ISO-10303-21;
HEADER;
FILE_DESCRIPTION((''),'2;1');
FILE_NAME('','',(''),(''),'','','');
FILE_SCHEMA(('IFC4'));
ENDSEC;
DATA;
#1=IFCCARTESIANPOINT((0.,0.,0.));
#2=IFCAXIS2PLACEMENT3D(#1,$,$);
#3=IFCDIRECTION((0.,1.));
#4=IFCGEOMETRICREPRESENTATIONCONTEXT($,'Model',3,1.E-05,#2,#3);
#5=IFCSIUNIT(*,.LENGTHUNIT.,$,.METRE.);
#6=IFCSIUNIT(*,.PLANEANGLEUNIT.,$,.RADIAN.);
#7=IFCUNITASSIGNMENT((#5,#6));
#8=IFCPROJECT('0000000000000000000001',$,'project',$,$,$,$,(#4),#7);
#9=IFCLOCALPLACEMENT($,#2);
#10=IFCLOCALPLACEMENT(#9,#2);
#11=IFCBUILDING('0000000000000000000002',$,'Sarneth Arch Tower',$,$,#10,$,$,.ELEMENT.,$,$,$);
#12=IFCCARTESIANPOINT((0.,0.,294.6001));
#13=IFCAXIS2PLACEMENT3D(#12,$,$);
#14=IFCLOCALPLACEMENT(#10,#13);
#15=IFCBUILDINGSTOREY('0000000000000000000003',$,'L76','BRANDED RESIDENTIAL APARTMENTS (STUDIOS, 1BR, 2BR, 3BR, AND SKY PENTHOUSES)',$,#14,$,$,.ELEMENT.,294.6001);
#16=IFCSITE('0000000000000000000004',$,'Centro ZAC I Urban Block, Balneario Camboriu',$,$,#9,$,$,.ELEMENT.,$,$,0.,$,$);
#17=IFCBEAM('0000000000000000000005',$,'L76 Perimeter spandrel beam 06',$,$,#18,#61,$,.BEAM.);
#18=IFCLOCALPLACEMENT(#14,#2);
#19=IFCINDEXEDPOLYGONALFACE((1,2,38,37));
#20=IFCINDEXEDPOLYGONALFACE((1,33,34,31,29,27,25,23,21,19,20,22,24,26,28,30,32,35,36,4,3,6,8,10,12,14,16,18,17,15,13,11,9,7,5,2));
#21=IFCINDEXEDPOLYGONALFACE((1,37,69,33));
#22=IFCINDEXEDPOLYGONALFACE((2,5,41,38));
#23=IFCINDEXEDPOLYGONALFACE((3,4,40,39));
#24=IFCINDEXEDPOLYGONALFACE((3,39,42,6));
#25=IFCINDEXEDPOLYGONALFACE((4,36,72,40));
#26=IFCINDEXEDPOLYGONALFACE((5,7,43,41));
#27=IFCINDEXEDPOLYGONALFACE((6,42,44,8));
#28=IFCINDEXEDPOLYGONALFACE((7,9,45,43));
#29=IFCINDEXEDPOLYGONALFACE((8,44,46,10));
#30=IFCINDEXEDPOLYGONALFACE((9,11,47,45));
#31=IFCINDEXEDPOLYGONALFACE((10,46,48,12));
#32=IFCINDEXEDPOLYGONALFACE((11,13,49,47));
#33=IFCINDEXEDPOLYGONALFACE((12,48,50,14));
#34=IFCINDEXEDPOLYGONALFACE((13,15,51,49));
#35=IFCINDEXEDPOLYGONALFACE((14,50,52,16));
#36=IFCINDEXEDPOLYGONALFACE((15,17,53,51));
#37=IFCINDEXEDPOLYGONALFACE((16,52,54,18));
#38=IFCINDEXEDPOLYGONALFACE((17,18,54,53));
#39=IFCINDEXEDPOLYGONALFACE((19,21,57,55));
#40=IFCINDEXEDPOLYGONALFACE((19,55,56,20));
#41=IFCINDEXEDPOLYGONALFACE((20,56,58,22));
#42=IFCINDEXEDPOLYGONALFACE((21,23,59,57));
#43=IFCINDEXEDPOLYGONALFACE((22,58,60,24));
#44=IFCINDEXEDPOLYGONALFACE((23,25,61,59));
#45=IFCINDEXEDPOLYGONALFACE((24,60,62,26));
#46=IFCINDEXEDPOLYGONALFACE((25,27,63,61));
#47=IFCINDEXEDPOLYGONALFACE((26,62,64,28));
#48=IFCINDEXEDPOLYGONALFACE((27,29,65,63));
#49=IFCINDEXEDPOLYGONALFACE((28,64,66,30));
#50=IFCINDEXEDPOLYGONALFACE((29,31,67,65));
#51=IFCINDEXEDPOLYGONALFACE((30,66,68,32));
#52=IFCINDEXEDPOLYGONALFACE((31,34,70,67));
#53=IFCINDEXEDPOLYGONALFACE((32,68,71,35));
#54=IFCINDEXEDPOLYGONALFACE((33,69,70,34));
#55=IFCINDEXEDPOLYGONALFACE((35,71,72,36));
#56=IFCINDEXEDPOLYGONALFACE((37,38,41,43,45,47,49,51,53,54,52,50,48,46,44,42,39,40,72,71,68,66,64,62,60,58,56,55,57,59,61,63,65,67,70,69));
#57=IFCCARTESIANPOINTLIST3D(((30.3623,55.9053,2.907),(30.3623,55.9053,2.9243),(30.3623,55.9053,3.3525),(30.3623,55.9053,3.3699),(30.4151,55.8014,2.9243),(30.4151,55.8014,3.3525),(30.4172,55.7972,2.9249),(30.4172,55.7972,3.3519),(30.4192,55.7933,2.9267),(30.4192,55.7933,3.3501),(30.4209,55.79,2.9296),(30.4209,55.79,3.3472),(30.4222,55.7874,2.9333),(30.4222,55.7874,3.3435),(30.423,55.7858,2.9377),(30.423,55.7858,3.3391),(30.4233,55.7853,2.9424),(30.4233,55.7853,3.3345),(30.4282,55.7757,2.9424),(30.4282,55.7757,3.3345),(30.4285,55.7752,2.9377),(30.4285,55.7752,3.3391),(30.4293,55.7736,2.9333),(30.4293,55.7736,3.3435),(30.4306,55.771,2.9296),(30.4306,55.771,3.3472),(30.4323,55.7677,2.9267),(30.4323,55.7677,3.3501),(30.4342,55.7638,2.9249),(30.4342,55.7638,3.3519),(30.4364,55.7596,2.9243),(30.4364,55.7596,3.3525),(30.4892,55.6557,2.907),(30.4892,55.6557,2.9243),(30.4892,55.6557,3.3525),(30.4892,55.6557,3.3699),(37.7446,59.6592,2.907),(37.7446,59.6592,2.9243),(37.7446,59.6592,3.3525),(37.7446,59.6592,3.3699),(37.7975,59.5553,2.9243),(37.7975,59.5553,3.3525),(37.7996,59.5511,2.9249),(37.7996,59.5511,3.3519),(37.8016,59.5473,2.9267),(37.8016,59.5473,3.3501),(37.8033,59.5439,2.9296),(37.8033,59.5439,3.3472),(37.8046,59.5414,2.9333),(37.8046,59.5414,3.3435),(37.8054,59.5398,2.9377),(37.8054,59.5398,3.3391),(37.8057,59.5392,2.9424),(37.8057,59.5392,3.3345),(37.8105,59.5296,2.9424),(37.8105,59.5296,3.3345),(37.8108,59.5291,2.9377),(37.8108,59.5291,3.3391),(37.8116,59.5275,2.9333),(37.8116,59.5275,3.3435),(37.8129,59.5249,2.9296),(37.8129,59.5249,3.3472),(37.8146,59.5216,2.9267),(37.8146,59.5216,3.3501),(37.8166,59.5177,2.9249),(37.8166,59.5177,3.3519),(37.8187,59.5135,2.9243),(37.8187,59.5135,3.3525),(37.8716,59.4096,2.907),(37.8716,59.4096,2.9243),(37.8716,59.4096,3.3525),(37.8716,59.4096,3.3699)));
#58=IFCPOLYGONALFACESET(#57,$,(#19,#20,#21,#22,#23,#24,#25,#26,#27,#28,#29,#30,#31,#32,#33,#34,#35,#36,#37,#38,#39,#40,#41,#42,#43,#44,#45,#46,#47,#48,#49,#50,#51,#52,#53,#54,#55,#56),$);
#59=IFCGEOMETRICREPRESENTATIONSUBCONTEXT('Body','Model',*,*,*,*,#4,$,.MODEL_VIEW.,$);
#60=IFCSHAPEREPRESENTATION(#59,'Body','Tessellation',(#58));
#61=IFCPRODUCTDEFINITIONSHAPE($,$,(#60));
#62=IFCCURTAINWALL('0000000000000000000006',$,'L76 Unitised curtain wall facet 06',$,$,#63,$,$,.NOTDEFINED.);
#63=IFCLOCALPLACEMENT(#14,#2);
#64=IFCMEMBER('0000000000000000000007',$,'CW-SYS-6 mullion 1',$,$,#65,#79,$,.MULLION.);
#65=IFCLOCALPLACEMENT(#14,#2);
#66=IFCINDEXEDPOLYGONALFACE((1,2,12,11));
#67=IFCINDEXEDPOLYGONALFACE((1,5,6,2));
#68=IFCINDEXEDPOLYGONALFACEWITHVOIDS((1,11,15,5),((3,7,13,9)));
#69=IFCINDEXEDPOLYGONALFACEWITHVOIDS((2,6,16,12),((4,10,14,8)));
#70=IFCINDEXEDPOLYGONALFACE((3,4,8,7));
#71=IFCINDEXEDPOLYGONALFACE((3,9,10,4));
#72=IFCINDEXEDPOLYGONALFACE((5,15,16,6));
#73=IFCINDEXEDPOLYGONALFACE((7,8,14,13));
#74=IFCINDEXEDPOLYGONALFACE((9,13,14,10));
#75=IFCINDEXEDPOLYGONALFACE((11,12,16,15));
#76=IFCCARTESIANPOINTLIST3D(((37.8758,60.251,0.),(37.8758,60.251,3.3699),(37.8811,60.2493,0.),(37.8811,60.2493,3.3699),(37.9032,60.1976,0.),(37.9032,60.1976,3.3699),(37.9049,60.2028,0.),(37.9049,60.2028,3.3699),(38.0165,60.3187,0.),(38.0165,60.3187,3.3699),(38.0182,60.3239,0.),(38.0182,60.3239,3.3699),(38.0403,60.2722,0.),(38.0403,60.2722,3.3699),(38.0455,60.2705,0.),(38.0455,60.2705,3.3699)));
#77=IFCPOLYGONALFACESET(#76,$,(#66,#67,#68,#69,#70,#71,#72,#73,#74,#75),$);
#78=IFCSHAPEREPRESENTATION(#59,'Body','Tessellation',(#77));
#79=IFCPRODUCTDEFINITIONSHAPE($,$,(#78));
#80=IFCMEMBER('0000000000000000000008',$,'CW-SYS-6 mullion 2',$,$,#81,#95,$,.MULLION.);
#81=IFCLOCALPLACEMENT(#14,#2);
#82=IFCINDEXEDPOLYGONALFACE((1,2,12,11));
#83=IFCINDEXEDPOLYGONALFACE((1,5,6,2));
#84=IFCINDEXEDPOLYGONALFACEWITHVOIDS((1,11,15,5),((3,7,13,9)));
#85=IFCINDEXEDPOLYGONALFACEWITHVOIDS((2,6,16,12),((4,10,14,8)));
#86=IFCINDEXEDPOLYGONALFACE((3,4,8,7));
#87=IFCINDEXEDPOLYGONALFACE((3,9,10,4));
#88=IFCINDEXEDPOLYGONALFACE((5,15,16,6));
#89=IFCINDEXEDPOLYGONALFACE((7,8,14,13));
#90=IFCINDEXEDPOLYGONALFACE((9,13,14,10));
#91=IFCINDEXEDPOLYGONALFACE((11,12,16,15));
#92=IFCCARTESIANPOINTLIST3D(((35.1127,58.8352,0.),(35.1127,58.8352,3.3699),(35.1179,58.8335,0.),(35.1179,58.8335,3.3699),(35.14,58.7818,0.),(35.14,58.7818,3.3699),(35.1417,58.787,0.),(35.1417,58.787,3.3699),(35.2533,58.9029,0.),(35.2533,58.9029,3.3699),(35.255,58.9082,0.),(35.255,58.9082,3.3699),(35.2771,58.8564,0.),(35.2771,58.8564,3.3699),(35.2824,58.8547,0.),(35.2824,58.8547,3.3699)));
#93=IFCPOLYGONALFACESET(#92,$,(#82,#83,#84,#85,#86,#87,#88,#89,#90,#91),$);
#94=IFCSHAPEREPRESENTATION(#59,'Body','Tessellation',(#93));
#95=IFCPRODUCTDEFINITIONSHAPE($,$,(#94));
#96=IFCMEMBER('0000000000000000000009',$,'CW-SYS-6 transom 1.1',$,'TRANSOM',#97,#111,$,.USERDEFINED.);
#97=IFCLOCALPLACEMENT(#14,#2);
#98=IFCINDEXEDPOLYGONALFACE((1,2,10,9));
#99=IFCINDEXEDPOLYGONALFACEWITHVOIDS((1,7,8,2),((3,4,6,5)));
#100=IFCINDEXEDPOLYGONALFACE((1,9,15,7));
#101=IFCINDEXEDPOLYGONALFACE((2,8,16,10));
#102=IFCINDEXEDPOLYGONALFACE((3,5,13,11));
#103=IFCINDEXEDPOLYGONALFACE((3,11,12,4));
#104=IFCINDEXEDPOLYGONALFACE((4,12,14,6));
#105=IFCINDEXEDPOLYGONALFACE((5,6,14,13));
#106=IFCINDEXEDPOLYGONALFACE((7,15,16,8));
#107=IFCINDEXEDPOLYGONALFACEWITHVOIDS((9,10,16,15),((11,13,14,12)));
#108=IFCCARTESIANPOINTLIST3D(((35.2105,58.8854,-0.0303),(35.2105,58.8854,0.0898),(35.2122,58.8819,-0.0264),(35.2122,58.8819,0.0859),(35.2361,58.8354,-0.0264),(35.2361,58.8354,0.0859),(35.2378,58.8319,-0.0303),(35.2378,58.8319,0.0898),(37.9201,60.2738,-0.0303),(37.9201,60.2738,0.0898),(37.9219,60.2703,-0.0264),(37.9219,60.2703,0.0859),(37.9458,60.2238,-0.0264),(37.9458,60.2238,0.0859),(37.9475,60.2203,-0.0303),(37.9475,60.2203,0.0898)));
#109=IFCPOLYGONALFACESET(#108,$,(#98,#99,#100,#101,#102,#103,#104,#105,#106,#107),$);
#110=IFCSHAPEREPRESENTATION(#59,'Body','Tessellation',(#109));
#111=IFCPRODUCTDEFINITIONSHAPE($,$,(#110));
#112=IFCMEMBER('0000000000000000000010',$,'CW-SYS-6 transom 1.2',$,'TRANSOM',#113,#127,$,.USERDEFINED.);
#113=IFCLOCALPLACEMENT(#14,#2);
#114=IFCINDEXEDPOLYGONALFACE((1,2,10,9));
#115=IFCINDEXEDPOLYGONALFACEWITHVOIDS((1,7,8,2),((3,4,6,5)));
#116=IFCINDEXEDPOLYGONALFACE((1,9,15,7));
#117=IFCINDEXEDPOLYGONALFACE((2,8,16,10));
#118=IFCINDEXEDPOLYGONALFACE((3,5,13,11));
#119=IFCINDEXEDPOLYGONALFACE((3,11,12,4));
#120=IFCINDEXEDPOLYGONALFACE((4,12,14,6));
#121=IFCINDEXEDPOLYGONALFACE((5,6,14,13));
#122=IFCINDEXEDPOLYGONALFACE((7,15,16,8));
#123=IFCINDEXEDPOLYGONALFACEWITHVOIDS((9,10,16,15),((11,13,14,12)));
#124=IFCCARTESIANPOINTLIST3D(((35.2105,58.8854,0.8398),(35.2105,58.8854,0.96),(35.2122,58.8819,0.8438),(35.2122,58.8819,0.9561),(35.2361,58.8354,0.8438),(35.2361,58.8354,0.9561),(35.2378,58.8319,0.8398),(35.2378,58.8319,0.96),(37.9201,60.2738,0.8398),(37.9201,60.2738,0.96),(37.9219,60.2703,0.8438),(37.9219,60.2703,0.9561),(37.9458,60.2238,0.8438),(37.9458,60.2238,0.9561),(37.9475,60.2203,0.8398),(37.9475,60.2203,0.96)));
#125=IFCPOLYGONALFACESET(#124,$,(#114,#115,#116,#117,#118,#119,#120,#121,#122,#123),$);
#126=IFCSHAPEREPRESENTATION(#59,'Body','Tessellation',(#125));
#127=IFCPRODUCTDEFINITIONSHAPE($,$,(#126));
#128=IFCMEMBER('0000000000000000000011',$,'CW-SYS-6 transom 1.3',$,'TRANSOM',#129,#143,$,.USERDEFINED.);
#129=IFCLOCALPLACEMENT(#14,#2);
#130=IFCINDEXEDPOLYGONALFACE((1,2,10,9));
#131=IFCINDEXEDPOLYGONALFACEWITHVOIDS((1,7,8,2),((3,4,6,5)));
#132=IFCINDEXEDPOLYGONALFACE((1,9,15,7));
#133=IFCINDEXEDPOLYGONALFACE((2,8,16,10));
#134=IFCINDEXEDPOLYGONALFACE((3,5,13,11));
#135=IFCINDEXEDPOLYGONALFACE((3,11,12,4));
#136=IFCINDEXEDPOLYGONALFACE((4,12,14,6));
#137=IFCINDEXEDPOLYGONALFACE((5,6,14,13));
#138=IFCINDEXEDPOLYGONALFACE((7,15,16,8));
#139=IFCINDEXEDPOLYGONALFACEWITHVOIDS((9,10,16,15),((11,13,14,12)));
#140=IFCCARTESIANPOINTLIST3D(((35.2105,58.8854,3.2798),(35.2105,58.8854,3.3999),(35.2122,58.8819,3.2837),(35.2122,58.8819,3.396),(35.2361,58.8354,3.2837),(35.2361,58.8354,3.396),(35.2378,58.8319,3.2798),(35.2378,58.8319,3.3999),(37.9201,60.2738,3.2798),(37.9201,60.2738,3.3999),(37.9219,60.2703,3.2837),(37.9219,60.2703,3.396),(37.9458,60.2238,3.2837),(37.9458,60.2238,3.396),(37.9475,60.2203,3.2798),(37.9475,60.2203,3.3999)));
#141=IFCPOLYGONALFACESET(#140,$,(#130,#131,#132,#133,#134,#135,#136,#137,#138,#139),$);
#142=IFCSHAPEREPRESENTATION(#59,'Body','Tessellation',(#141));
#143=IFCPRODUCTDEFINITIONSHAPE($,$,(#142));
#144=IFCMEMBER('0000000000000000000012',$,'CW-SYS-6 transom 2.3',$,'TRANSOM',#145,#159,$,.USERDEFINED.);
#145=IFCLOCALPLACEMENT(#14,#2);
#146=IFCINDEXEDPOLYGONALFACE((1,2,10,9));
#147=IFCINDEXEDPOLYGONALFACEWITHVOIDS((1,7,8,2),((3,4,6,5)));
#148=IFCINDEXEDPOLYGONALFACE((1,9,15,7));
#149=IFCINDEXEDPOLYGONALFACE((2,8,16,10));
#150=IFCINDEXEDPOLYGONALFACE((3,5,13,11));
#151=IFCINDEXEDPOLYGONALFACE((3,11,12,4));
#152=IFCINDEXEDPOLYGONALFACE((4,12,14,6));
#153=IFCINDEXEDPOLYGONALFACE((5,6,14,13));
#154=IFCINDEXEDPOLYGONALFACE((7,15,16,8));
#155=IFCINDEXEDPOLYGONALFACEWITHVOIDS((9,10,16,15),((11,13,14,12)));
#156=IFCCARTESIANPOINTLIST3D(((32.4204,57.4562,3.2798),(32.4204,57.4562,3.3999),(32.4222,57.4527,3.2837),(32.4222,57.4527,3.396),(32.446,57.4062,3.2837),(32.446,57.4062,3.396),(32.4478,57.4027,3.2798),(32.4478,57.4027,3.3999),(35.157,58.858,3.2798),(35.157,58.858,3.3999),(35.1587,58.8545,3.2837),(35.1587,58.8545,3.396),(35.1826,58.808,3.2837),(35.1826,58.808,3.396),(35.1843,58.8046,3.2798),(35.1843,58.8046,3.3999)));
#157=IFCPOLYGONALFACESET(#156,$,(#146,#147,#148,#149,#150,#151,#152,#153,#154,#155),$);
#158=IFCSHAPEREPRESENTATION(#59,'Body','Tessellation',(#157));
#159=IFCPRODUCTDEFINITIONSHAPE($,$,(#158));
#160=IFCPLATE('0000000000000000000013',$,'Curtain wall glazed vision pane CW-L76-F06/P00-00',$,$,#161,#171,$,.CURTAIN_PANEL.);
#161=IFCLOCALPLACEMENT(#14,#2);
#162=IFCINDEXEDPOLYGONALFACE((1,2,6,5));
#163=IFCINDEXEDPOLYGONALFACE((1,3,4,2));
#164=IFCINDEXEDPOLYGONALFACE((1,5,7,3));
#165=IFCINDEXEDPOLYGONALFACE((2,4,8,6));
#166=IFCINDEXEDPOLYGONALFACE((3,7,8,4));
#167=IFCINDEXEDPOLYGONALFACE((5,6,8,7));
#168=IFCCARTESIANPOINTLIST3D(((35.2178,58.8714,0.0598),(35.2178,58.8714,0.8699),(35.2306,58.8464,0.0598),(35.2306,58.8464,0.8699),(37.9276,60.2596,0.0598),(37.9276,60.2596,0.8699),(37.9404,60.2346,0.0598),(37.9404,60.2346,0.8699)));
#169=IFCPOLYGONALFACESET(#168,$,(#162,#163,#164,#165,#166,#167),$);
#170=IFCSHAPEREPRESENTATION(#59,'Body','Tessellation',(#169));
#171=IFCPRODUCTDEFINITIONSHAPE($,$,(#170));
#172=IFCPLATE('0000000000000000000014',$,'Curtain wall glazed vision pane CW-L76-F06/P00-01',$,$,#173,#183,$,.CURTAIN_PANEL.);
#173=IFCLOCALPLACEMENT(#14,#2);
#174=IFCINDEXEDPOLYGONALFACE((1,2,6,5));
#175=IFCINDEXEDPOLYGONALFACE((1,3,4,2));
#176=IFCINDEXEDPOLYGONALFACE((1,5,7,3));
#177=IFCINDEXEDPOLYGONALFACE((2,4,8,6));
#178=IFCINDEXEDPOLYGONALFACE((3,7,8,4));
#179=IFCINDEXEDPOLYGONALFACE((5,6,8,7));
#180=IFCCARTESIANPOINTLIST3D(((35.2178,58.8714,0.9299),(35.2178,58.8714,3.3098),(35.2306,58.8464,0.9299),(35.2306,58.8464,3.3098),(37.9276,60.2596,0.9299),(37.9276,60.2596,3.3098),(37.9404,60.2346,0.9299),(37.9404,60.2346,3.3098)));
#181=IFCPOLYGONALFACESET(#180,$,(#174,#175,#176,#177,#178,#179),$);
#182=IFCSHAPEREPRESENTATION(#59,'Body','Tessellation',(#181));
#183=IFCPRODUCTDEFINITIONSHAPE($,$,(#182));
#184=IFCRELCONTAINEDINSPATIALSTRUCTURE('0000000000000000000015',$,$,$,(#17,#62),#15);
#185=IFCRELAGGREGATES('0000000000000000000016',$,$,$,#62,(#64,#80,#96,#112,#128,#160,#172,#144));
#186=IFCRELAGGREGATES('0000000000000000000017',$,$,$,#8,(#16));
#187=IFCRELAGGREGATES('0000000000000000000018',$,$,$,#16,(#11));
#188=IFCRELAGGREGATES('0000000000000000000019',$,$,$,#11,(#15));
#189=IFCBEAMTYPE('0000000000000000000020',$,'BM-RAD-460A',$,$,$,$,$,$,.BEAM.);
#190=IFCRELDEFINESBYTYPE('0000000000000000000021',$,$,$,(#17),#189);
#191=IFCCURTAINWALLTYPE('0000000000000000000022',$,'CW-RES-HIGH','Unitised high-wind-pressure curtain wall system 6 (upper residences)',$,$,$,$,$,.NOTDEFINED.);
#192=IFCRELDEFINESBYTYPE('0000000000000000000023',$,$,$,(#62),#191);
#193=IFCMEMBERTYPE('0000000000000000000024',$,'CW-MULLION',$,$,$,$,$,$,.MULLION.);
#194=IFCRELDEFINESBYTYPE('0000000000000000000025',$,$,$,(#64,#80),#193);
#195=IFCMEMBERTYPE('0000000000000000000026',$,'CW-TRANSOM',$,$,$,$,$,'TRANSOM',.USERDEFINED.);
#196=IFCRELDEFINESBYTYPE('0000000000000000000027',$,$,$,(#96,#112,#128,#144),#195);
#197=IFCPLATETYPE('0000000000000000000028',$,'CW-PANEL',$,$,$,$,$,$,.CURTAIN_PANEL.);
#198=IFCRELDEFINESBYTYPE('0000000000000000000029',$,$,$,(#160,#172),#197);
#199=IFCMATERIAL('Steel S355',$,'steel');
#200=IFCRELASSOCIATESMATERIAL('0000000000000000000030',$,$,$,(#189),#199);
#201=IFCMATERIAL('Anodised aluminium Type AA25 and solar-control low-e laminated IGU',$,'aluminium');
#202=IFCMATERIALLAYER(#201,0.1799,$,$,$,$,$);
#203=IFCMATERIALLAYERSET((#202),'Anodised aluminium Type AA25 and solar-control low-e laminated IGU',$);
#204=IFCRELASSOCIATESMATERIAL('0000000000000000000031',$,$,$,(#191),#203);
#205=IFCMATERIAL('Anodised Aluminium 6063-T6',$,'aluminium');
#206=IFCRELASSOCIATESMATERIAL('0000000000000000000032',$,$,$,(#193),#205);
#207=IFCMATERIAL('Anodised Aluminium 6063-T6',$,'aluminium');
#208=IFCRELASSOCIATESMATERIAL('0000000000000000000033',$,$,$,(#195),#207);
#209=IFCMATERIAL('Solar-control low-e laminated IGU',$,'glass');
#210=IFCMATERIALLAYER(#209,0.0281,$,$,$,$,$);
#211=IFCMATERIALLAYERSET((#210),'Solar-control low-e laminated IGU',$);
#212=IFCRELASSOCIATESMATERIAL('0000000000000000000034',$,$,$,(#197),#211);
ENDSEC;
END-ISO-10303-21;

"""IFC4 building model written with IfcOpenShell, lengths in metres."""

from ifc_helpers import new_model, si_unit, direction, frame, origin, origin_2d, place, context, subcontext, project, spatial, rectangle, hollow_rectangle, i_section, extrude, material, layer, layer_set, material_profile, profile_set, type_object, element, aggregate, save


model = new_model("IFC4")

# Units and contexts
model_context = context("Model", 3, precision=1e-05, world=origin(), true_north=direction((0.0, 1.0)))
body_context = subcontext(model_context, "Body", "Model", "MODEL_VIEW")
ifc_project = project(units=[si_unit("LENGTHUNIT", "METRE"), si_unit("PLANEANGLEUNIT", "RADIAN")], contexts=[model_context])

# Site, building, storey
site_placement = place(None, origin())
site = spatial("IfcSite", under=ifc_project, at=site_placement, Name="Centro ZAC I Urban Block, Balneario Camboriu", CompositionType="ELEMENT", RefElevation=0.0)
building_placement = place(site_placement, origin())
building = spatial("IfcBuilding", under=site, at=building_placement, Name="Sarneth Arch Tower", CompositionType="ELEMENT")
storey_placement = place(building_placement, frame((0.0, 0.0, 294.6001)))
storey = spatial("IfcBuildingStorey", under=building, at=storey_placement, Name="L76", Description="BRANDED RESIDENTIAL APARTMENTS (STUDIOS, 1BR, 2BR, 3BR, AND SKY PENTHOUSES)", CompositionType="ELEMENT", Elevation=294.6001)

# Beam
ifc_material_1 = material(Name="Steel S355", Category="steel")
ifc_material_profile_1 = material_profile(ifc_material_1, i_section(OverallWidth=0.28, OverallDepth=0.4629, WebThickness=0.0107, FlangeThickness=0.0173, FilletRadius=0.0181, at=origin_2d()), Name="W460x113")
ifc_profile_set_1 = profile_set([ifc_material_profile_1], Name="Steel S355")
beam_type_1 = type_object("IfcBeamType", Name="BM-RAD-460A", PredefinedType="BEAM", material=ifc_profile_set_1)
beam_1_placement = place(storey_placement, frame((37.8081, 59.5344, 3.1384), z_axis=(-0.891376, -0.453264, 0.0), x_axis=(0.453264, -0.891376, 0.0)))
element("IfcBeam", 1, at=beam_1_placement, inside=storey, type_object=beam_type_1, Name="L76 Perimeter spandrel beam 06", PredefinedType="BEAM", context=body_context, shape_type="SweptSolid", body=[
    extrude(i_section(OverallWidth=0.28, OverallDepth=0.4629, WebThickness=0.0107, FlangeThickness=0.0173, FilletRadius=0.0181, at=origin_2d()), origin(), (0.0, 0.0, 1.0), 8.282),
])

# Curtain wall, members, plates
ifc_material_2 = material(Name="Anodised aluminium Type AA25 and solar-control low-e laminated IGU", Category="aluminium")
ifc_layer_1 = layer(ifc_material_2, 0.1799)
ifc_layer_set_1 = layer_set([ifc_layer_1], Name="Anodised aluminium Type AA25 and solar-control low-e laminated IGU")
curtain_wall_type = type_object("IfcCurtainWallType", Name="CW-RES-HIGH", Description="Unitised high-wind-pressure curtain wall system 6 (upper residences)", PredefinedType="NOTDEFINED", material=ifc_layer_set_1)
curtain_wall_placement = place(storey_placement, origin())
curtain_wall = element("IfcCurtainWall", 2, at=curtain_wall_placement, inside=storey, type_object=curtain_wall_type, Name="L76 Unitised curtain wall facet 06", PredefinedType="NOTDEFINED")
ifc_material_3 = material(Name="Anodised Aluminium 6063-T6", Category="aluminium")
ifc_material_profile_2 = material_profile(ifc_material_3, hollow_rectangle(XDim=0.0601, YDim=0.1599, WallThickness=0.0039, at=origin_2d()), Name="AL-MULL-160x60x4")
ifc_profile_set_2 = profile_set([ifc_material_profile_2], Name="Anodised Aluminium 6063-T6")
member_type_1 = type_object("IfcMemberType", Name="CW-MULLION", PredefinedType="MULLION", material=ifc_profile_set_2)
member_1_placement = place(storey_placement, frame((37.9607, 60.2607, 0.0), z_axis=(0.0, 0.0, 1.0), x_axis=(0.455942, -0.89001, 0.0)))
member_1 = element("IfcMember", 3, at=member_1_placement, type_object=member_type_1, Name="CW-SYS-6 mullion 1", PredefinedType="MULLION", context=body_context, shape_type="SweptSolid", body=[
    extrude(hollow_rectangle(XDim=0.0601, YDim=0.1599, WallThickness=0.0039, at=origin_2d()), origin(), (0.0, 0.0, 1.0), 3.3699),
])
member_2_placement = place(storey_placement, frame((35.1975, 58.845, 0.0), z_axis=(0.0, 0.0, 1.0), x_axis=(0.455942, -0.89001, 0.0)))
member_2 = element("IfcMember", 4, at=member_2_placement, type_object=member_type_1, Name="CW-SYS-6 mullion 2", PredefinedType="MULLION", context=body_context, shape_type="SweptSolid", body=[
    extrude(hollow_rectangle(XDim=0.0601, YDim=0.1599, WallThickness=0.0039, at=origin_2d()), origin(), (0.0, 0.0, 1.0), 3.3699),
])
ifc_material_4 = material(Name="Anodised Aluminium 6063-T6", Category="aluminium")
ifc_material_profile_3 = material_profile(ifc_material_4, hollow_rectangle(XDim=0.0601, YDim=0.1201, WallThickness=0.0039, at=origin_2d()), Name="AL-TRAN-120x60x4")
ifc_profile_set_3 = profile_set([ifc_material_profile_3], Name="Anodised Aluminium 6063-T6")
member_type_2 = type_object("IfcMemberType", Name="CW-TRANSOM", ElementType="TRANSOM", PredefinedType="USERDEFINED", material=ifc_profile_set_3)
member_3_placement = place(storey_placement, frame((37.9338, 60.2471, 0.0298), z_axis=(-0.889974, -0.456012, 0.0), x_axis=(0.456012, -0.889974, 0.0)))
member_3 = element("IfcMember", 5, at=member_3_placement, type_object=member_type_2, Name="CW-SYS-6 transom 1.1", ObjectType="TRANSOM", PredefinedType="USERDEFINED", context=body_context, shape_type="SweptSolid", body=[
    extrude(hollow_rectangle(XDim=0.0601, YDim=0.1201, WallThickness=0.0039, at=origin_2d()), origin(), (0.0, 0.0, 1.0), 3.0447),
])
member_4_placement = place(storey_placement, frame((37.9338, 60.2471, 0.8999), z_axis=(-0.889974, -0.456012, 0.0), x_axis=(0.456012, -0.889974, 0.0)))
member_4 = element("IfcMember", 6, at=member_4_placement, type_object=member_type_2, Name="CW-SYS-6 transom 1.2", ObjectType="TRANSOM", PredefinedType="USERDEFINED", context=body_context, shape_type="SweptSolid", body=[
    extrude(hollow_rectangle(XDim=0.0601, YDim=0.1201, WallThickness=0.0039, at=origin_2d()), origin(), (0.0, 0.0, 1.0), 3.0447),
])
member_5_placement = place(storey_placement, frame((37.9338, 60.2471, 3.3398), z_axis=(-0.889974, -0.456012, 0.0), x_axis=(0.456012, -0.889974, 0.0)))
member_5 = element("IfcMember", 7, at=member_5_placement, type_object=member_type_2, Name="CW-SYS-6 transom 1.3", ObjectType="TRANSOM", PredefinedType="USERDEFINED", context=body_context, shape_type="SweptSolid", body=[
    extrude(hollow_rectangle(XDim=0.0601, YDim=0.1201, WallThickness=0.0039, at=origin_2d()), origin(), (0.0, 0.0, 1.0), 3.0447),
])
member_6_placement = place(storey_placement, frame((35.1707, 58.8313, 3.3398), z_axis=(-0.890017, -0.455926, 0.0), x_axis=(0.455926, -0.890017, 0.0)))
member_6 = element("IfcMember", 8, at=member_6_placement, type_object=member_type_2, Name="CW-SYS-6 transom 2.3", ObjectType="TRANSOM", PredefinedType="USERDEFINED", context=body_context, shape_type="SweptSolid", body=[
    extrude(hollow_rectangle(XDim=0.0601, YDim=0.1201, WallThickness=0.0039, at=origin_2d()), origin(), (0.0, 0.0, 1.0), 3.0747),
])
ifc_material_5 = material(Name="Solar-control low-e laminated IGU", Category="glass")
ifc_layer_2 = layer(ifc_material_5, 0.0281)
ifc_layer_set_2 = layer_set([ifc_layer_2], Name="Solar-control low-e laminated IGU")
plate_type = type_object("IfcPlateType", Name="CW-PANEL", PredefinedType="CURTAIN_PANEL", material=ifc_layer_set_2)
plate_1_placement = place(storey_placement, frame((36.5791, 59.553, 0.0598), z_axis=(0.0, 0.0, 1.0), x_axis=(-0.89001, -0.455942, 0.0)))
plate_1 = element("IfcPlate", 9, at=plate_1_placement, type_object=plate_type, Name="Curtain wall glazed vision pane CW-L76-F06/P00-00", PredefinedType="CURTAIN_PANEL", context=body_context, shape_type="SweptSolid", body=[
    extrude(rectangle(XDim=3.0447, YDim=0.0281, at=origin_2d()), origin(), (0.0, 0.0, 1.0), 0.8101),
])
plate_2_placement = place(storey_placement, frame((36.5791, 59.553, 0.9299), z_axis=(0.0, 0.0, 1.0), x_axis=(-0.89001, -0.455942, 0.0)))
plate_2 = element("IfcPlate", 10, at=plate_2_placement, type_object=plate_type, Name="Curtain wall glazed vision pane CW-L76-F06/P00-01", PredefinedType="CURTAIN_PANEL", context=body_context, shape_type="SweptSolid", body=[
    extrude(rectangle(XDim=3.0447, YDim=0.0281, at=origin_2d()), origin(), (0.0, 0.0, 1.0), 2.3799),
])
aggregate(curtain_wall, [member_1, member_2, member_3, member_4, member_5, plate_1, plate_2, member_6])

save(model, "model.ifc")
